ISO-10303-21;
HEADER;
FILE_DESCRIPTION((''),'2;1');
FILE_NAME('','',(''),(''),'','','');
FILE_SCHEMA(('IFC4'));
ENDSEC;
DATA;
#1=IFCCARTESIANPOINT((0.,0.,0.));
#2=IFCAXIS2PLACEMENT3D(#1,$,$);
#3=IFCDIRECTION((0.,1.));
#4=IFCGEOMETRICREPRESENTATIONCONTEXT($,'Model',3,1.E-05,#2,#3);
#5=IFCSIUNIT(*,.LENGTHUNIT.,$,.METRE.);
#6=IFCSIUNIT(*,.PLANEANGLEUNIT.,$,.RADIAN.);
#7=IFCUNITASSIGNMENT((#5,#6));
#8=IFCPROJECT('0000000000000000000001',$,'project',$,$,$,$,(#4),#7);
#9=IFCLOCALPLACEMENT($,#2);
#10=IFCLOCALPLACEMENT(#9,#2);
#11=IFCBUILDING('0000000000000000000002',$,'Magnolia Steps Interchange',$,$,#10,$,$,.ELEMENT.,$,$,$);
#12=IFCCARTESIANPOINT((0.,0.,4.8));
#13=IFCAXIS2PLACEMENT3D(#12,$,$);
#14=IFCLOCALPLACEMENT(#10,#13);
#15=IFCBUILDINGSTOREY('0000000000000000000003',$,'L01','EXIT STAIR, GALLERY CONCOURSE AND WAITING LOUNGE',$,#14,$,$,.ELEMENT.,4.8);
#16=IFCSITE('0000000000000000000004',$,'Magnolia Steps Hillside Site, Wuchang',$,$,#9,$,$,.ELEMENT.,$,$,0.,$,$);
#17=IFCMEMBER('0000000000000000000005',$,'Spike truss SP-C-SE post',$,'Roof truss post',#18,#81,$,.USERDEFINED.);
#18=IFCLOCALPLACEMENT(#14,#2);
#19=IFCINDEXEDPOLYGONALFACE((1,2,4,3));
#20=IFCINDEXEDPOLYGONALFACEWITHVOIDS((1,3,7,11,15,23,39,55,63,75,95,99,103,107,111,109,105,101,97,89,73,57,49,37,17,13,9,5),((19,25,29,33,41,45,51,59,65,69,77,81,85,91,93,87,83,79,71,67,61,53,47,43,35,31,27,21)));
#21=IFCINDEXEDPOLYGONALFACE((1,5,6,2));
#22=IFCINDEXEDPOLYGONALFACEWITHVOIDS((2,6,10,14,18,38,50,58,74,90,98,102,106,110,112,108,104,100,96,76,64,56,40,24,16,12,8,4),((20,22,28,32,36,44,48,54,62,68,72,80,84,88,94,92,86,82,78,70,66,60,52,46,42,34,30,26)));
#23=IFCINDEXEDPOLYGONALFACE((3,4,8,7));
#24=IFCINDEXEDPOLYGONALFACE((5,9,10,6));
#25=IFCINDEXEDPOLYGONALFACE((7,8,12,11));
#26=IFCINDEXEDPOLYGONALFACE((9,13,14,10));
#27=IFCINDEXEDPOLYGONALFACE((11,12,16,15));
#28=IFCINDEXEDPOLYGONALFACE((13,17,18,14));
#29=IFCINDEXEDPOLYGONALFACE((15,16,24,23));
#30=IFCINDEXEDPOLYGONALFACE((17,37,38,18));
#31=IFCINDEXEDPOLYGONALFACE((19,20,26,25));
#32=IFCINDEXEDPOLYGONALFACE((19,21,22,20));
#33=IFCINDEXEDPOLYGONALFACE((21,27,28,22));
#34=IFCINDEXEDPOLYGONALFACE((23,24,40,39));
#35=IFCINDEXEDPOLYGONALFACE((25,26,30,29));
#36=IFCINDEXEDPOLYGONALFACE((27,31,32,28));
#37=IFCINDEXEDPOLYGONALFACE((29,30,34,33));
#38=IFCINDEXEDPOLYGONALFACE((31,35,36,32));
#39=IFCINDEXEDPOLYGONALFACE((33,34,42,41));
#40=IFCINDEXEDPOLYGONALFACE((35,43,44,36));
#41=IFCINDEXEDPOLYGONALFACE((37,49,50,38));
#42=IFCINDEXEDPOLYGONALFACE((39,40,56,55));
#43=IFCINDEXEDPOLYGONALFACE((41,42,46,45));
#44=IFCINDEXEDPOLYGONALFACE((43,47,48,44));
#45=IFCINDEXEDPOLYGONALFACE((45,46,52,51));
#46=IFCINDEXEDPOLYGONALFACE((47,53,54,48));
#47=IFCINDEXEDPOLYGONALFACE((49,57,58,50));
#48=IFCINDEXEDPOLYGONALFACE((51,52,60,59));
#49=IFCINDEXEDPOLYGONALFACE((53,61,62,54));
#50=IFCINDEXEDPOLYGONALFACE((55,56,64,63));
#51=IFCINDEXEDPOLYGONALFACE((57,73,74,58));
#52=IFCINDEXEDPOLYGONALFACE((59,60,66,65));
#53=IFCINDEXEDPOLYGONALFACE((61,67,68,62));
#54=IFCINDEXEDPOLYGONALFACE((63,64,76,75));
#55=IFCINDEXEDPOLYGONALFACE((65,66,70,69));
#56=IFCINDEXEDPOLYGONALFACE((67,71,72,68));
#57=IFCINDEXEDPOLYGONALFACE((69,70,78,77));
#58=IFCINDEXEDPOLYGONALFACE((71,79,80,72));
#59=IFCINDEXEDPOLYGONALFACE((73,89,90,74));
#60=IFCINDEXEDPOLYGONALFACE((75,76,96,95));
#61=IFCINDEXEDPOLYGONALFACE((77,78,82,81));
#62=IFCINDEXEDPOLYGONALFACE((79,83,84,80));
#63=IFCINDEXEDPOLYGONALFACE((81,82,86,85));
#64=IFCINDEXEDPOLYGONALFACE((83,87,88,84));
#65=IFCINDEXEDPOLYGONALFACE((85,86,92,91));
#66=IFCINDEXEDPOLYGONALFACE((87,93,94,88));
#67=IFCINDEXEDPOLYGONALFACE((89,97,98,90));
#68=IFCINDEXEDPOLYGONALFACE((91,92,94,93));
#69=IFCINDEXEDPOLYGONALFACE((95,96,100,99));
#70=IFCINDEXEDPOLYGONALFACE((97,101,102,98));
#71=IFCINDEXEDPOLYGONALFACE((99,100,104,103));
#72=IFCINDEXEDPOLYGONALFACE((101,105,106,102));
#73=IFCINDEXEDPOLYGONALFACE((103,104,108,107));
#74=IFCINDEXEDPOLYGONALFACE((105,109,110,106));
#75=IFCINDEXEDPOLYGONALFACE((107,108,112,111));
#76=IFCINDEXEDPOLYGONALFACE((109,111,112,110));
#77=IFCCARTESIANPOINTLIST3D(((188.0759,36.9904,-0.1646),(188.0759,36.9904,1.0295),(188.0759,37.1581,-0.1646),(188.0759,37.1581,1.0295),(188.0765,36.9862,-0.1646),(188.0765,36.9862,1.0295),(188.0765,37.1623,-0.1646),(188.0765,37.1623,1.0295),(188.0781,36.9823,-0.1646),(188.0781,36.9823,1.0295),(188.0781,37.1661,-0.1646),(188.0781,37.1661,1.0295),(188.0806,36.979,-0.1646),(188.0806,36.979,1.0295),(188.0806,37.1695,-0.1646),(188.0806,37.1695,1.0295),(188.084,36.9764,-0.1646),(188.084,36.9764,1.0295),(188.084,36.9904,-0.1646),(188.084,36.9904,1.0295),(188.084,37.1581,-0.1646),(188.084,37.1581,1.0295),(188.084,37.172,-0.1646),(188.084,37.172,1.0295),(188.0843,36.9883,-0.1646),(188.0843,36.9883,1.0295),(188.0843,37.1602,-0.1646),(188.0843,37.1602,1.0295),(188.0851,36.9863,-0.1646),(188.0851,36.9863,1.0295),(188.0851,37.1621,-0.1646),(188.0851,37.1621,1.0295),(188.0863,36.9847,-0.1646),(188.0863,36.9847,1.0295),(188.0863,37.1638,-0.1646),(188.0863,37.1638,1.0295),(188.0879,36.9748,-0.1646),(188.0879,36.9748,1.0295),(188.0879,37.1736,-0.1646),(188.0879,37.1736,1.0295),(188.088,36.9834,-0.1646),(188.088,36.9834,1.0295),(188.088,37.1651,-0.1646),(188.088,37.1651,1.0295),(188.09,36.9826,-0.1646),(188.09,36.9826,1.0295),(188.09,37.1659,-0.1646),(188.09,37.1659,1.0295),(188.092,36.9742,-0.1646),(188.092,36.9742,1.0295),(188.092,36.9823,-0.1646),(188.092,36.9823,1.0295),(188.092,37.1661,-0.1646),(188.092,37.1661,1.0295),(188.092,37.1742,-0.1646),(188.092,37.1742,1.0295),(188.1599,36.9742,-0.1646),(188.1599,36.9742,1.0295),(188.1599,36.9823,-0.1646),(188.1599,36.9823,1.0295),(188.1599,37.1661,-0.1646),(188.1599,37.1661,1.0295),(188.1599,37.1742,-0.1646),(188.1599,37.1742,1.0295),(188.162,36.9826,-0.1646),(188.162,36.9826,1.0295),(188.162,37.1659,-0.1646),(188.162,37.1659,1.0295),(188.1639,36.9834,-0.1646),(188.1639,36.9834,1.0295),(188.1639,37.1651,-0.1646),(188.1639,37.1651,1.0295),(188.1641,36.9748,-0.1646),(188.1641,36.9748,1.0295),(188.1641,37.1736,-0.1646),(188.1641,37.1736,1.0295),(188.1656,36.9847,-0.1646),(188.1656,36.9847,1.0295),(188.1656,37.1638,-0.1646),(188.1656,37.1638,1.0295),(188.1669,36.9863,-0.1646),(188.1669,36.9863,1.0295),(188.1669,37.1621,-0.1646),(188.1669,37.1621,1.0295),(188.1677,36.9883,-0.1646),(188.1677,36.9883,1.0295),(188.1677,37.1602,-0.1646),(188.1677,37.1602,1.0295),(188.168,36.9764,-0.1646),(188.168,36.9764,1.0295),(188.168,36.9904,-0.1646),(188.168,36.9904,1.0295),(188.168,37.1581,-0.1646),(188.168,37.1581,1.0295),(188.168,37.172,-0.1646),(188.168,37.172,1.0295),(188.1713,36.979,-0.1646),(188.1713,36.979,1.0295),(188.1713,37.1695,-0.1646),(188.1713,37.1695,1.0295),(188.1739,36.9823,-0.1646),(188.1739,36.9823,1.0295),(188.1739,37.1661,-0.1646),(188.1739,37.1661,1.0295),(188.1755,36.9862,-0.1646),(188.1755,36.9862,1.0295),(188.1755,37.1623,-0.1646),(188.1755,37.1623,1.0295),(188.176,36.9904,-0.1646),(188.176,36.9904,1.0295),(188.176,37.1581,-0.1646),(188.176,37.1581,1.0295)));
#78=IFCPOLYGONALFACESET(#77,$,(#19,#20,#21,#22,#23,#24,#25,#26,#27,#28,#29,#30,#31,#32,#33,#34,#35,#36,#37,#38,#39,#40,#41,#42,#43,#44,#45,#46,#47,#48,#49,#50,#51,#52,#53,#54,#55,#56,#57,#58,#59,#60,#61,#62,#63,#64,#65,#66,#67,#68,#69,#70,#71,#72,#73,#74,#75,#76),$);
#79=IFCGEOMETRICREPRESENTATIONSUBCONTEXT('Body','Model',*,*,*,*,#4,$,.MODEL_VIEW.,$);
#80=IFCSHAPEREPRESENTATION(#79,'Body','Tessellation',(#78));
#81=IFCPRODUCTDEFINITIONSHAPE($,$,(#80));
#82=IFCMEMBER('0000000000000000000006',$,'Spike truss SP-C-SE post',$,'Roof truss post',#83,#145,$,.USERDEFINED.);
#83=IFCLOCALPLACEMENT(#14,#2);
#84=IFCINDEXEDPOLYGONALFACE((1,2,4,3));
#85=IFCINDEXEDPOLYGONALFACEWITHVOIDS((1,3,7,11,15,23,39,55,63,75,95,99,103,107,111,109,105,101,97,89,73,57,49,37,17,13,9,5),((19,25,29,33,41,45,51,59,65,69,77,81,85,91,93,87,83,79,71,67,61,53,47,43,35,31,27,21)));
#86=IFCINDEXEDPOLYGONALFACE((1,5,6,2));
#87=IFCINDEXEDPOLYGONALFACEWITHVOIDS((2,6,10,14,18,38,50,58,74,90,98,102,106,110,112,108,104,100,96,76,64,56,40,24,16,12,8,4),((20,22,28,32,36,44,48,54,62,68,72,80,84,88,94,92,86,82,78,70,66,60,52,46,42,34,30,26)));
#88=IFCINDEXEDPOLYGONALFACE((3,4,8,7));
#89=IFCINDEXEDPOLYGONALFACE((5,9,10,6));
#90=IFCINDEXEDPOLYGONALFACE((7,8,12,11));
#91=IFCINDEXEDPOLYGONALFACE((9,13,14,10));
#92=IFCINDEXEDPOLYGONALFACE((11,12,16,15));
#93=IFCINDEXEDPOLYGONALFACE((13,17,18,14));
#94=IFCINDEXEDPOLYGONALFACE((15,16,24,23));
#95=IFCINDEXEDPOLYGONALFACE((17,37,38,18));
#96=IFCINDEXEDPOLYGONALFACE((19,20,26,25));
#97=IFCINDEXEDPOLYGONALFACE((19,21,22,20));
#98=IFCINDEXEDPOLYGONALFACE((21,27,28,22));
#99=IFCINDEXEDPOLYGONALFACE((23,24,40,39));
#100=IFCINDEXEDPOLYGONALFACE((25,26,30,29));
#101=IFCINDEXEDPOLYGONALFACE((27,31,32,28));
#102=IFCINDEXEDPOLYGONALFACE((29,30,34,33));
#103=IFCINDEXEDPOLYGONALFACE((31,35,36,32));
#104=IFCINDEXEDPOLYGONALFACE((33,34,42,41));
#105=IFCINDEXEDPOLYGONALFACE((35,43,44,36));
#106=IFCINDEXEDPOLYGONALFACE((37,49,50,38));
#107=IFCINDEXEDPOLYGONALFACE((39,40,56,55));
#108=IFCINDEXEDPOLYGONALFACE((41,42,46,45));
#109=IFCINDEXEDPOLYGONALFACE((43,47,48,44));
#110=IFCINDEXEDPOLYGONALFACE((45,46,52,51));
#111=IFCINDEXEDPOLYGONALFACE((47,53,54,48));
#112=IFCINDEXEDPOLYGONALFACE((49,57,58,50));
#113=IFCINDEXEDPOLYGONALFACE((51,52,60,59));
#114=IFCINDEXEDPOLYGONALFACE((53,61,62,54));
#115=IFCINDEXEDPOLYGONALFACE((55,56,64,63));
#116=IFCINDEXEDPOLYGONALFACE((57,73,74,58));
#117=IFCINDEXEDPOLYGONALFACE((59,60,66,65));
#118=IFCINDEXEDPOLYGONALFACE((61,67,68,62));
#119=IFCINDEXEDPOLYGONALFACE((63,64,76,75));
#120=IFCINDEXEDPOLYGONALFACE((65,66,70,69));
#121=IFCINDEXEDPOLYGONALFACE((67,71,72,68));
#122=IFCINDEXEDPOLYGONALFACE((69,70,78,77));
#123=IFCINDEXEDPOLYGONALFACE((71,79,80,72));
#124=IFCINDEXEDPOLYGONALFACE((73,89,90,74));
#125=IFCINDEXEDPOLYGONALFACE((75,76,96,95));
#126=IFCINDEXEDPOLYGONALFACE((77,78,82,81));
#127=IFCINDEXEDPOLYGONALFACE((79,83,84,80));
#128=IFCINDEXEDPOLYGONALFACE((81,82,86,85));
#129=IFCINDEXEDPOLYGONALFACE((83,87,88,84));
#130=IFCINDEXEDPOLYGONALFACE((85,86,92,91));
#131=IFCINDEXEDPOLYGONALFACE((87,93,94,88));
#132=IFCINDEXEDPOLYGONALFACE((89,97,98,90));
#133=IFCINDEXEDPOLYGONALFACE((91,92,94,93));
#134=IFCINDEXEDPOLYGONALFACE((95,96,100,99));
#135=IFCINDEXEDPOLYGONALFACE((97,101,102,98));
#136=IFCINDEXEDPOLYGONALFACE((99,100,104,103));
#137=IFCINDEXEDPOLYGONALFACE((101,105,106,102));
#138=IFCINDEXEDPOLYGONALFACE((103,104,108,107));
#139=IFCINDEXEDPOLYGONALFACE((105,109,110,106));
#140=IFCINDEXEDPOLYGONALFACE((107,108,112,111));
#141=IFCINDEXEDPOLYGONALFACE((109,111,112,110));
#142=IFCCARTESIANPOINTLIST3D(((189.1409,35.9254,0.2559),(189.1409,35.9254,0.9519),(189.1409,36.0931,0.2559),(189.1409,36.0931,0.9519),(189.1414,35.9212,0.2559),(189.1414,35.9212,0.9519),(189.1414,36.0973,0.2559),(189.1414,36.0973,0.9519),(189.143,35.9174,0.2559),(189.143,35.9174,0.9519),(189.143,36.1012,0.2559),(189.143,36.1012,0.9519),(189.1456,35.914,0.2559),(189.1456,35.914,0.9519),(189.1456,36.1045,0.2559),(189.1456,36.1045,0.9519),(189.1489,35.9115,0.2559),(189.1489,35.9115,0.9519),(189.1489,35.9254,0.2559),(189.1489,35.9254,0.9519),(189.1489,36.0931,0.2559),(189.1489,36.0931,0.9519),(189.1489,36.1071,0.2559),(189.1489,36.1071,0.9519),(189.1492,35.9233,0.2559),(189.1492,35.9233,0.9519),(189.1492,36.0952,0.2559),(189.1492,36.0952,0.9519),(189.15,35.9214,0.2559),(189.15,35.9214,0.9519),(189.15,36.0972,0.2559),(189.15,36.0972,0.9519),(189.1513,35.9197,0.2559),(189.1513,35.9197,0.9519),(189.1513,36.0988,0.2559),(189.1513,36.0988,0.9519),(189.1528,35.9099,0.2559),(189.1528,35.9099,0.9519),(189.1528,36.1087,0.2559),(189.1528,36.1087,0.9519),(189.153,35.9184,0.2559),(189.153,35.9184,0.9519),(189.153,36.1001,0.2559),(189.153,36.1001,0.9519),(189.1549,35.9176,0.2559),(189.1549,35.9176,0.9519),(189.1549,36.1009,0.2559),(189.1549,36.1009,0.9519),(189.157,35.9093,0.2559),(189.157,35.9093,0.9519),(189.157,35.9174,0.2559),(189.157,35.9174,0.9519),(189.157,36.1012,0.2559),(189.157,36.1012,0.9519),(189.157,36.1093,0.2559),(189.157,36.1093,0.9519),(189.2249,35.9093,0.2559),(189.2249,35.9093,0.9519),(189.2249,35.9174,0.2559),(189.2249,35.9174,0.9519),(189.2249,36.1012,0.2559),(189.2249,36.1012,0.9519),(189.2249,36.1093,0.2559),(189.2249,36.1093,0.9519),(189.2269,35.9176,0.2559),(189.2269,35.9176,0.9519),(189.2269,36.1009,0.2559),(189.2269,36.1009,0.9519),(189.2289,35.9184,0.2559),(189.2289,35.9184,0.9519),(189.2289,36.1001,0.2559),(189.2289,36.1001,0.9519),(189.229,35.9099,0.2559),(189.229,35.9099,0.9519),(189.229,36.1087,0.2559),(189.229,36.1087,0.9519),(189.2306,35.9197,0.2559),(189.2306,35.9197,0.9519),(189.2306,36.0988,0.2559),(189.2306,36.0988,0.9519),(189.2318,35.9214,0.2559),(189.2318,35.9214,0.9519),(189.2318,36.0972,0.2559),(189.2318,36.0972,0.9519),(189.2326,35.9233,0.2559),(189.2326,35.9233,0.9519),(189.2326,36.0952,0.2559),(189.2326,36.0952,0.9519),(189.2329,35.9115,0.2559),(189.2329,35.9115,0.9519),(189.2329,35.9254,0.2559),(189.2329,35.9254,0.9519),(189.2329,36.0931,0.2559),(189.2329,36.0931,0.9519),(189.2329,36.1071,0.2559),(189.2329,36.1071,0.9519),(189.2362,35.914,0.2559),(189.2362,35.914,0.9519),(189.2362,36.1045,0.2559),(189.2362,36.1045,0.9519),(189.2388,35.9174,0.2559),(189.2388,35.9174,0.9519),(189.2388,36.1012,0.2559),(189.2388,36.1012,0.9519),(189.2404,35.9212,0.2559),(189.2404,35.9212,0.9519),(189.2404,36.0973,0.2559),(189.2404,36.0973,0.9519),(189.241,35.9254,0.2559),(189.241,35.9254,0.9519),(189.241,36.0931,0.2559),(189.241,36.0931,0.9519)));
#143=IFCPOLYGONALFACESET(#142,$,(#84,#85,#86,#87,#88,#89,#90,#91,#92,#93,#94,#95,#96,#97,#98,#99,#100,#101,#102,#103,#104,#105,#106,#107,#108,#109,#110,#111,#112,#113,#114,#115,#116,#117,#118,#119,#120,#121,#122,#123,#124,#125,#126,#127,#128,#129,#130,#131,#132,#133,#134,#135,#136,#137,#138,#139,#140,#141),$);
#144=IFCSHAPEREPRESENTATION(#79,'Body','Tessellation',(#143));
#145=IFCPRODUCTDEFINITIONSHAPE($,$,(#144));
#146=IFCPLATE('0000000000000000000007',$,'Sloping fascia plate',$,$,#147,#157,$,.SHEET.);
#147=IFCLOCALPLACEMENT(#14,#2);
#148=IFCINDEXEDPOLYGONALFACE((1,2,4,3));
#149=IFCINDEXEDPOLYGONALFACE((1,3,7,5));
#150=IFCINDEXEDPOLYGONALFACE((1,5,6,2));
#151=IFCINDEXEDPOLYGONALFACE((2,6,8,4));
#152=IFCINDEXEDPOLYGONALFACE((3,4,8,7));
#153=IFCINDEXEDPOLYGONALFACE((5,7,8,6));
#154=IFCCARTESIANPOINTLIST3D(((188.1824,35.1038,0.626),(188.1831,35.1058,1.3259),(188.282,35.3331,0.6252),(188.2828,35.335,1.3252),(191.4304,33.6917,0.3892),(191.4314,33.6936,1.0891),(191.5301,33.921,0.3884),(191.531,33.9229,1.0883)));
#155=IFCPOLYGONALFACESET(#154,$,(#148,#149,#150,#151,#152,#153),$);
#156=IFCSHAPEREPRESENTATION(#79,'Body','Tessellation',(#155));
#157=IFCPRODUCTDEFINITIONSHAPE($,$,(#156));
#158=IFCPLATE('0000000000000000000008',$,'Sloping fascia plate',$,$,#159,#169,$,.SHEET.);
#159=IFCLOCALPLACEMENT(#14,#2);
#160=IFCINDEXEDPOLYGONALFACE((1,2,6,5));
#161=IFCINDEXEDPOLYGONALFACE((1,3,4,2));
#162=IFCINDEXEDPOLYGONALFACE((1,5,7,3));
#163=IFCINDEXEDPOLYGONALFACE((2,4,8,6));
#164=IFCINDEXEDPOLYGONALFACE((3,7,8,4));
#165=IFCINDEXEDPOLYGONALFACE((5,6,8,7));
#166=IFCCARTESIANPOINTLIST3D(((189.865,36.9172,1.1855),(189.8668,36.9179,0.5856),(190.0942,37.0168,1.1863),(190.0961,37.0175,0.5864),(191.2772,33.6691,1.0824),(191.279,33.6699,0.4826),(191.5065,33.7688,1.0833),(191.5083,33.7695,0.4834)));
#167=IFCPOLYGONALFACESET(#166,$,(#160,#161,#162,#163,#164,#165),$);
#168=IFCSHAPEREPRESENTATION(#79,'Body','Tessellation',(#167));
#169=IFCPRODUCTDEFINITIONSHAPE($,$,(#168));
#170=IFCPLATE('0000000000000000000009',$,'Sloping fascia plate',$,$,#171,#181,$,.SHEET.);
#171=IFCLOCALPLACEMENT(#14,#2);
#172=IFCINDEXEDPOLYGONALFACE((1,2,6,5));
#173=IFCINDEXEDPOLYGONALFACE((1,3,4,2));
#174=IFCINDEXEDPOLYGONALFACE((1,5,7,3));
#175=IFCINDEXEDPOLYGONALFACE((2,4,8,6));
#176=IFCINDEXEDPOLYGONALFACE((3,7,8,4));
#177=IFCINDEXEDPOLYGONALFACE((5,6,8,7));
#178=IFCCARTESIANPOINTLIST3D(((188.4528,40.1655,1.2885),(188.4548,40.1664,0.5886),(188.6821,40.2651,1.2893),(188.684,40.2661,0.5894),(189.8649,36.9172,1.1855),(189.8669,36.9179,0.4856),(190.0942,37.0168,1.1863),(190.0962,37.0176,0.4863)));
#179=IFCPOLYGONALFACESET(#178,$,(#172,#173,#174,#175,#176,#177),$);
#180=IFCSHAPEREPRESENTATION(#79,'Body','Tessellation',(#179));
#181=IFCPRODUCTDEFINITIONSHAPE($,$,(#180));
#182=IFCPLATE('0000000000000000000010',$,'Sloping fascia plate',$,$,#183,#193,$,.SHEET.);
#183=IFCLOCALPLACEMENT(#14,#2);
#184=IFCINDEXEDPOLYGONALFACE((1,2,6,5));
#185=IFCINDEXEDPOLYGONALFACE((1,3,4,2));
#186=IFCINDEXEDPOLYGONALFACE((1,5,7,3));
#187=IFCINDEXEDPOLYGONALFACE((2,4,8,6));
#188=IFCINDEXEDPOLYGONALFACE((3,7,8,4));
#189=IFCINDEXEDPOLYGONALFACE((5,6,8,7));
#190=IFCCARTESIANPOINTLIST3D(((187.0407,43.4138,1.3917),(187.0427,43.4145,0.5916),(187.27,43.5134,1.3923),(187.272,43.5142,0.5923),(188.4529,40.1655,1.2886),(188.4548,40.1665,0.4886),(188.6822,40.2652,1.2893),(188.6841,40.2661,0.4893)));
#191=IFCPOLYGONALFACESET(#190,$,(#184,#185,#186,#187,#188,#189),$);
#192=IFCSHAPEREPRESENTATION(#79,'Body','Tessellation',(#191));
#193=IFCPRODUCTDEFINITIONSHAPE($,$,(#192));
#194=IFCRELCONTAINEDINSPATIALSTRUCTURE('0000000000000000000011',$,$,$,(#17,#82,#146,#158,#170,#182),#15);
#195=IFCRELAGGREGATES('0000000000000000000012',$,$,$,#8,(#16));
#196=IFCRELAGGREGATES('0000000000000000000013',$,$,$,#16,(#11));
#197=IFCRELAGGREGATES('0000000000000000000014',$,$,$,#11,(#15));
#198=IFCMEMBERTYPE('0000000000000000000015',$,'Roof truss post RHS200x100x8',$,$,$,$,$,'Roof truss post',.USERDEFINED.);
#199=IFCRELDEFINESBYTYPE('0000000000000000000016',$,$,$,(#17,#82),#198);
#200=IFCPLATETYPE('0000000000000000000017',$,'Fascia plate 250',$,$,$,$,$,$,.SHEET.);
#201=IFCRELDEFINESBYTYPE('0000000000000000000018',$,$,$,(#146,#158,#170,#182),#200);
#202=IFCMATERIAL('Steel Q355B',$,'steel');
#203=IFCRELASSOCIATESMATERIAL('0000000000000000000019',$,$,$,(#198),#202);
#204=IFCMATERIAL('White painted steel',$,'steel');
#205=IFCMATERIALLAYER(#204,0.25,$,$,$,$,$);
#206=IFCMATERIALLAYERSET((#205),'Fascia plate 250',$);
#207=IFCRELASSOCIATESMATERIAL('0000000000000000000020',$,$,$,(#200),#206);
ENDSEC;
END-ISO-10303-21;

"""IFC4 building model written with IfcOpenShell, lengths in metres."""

from ifc_helpers import new_model, si_unit, direction, frame, origin, origin_2d, place, context, subcontext, project, spatial, polyline, hollow_rectangle, outline, extrude, material, layer, layer_set, material_profile, profile_set, type_object, element, save


model = new_model("IFC4")

# Units and contexts
model_context = context("Model", 3, precision=1e-05, world=origin(), true_north=direction((0.0, 1.0)))
body_context = subcontext(model_context, "Body", "Model", "MODEL_VIEW")
ifc_project = project(units=[si_unit("LENGTHUNIT", "METRE"), si_unit("PLANEANGLEUNIT", "RADIAN")], contexts=[model_context])

# Site, building, storey
site_placement = place(None, origin())
site = spatial("IfcSite", under=ifc_project, at=site_placement, Name="Magnolia Steps Hillside Site, Wuchang", CompositionType="ELEMENT", RefElevation=0.0)
building_placement = place(site_placement, origin())
building = spatial("IfcBuilding", under=site, at=building_placement, Name="Magnolia Steps Interchange", CompositionType="ELEMENT")
storey_placement = place(building_placement, frame((0.0, 0.0, 4.8)))
storey = spatial("IfcBuildingStorey", under=building, at=storey_placement, Name="L01", Description="EXIT STAIR, GALLERY CONCOURSE AND WAITING LOUNGE", CompositionType="ELEMENT", Elevation=4.8)

# Members
ifc_material_1 = material(Name="Steel Q355B", Category="steel")
ifc_material_profile_1 = material_profile(ifc_material_1, hollow_rectangle(XDim=0.1001, YDim=0.2, WallThickness=0.0081, InnerFilletRadius=0.0081, OuterFilletRadius=0.0161, at=origin_2d()), Name="RHS200x100x8")
ifc_profile_set_1 = profile_set([ifc_material_profile_1], Name="Steel Q355B")
member_type_1 = type_object("IfcMemberType", Name="Roof truss post RHS200x100x8", ElementType="Roof truss post", PredefinedType="USERDEFINED", material=ifc_profile_set_1)
member_1_placement = place(storey_placement, frame((188.126, 37.0742, -0.1646), z_axis=(0.0, 0.0, 1.0), x_axis=(1.0, 0.0, 0.0)))
element("IfcMember", 1, at=member_1_placement, inside=storey, type_object=member_type_1, Name="Spike truss SP-C-SE post", ObjectType="Roof truss post", PredefinedType="USERDEFINED", context=body_context, shape_type="SweptSolid", body=[
    extrude(hollow_rectangle(XDim=0.1001, YDim=0.2, WallThickness=0.0081, InnerFilletRadius=0.0081, OuterFilletRadius=0.0161, at=origin_2d()), origin(), (0.0, 0.0, 1.0), 1.1941),
])
member_2_placement = place(storey_placement, frame((189.1909, 36.0093, 0.2559), z_axis=(0.0, 0.0, 1.0), x_axis=(1.0, 0.0, 0.0)))
element("IfcMember", 2, at=member_2_placement, inside=storey, type_object=member_type_1, Name="Spike truss SP-C-SE post", ObjectType="Roof truss post", PredefinedType="USERDEFINED", context=body_context, shape_type="SweptSolid", body=[
    extrude(hollow_rectangle(XDim=0.1001, YDim=0.2, WallThickness=0.0081, InnerFilletRadius=0.0081, OuterFilletRadius=0.0161, at=origin_2d()), origin(), (0.0, 0.0, 1.0), 0.696),
])

# Plates
ifc_material_2 = material(Name="White painted steel", Category="steel")
ifc_layer = layer(ifc_material_2, 0.25)
ifc_layer_set = layer_set([ifc_layer], Name="Fascia plate 250")
plate_type = type_object("IfcPlateType", Name="Fascia plate 250", PredefinedType="SHEET", material=ifc_layer_set)
plate_1_placement = place(storey_placement, frame((188.1824, 35.1038, 0.626), z_axis=(-0.398505, -0.917161, 0.003046), x_axis=(0.915041, -0.397805, -0.066716)))
element("IfcPlate", 3, at=plate_1_placement, inside=storey, type_object=plate_type, Name="Sloping fascia plate", PredefinedType="SHEET", context=body_context, shape_type="SweptSolid", body=[
    extrude(outline(polyline([(0.0, 0.0), (3.5496, 0.0), (3.5031, 0.6984), (-0.0468, 0.6984), (0.0, 0.0)])), origin(), (0.0, 0.0, -1.0), 0.25),
])
plate_2_placement = place(storey_placement, frame((191.5083, 33.7695, 0.4834), z_axis=(0.917099, 0.398645, 0.003286), x_axis=(-0.398566, 0.916678, 0.029077)))
element("IfcPlate", 4, at=plate_2_placement, inside=storey, type_object=plate_type, Name="Sloping fascia plate", PredefinedType="SHEET", context=body_context, shape_type="SweptSolid", body=[
    extrude(outline(polyline([(0.0, 0.0), (3.5432, 0.0), (3.5608, 0.5996), (0.0175, 0.5996), (0.0, 0.0)])), origin(), (0.0, 0.0, -1.0), 0.25),
])
plate_3_placement = place(storey_placement, frame((190.0962, 37.0176, 0.4863), z_axis=(0.917126, 0.398585, 0.003046), x_axis=(-0.3985, 0.916708, 0.029074)))
element("IfcPlate", 5, at=plate_3_placement, inside=storey, type_object=plate_type, Name="Sloping fascia plate", PredefinedType="SHEET", context=body_context, shape_type="SweptSolid", body=[
    extrude(outline(polyline([(0.0, 0.0), (3.5437, 0.0), (3.5639, 0.6997), (0.0205, 0.6997), (0.0, 0.0)])), origin(), (0.0, 0.0, -1.0), 0.25),
])
plate_4_placement = place(storey_placement, frame((188.6841, 40.2661, 0.4893), z_axis=(0.917112, 0.398621, 0.002665), x_axis=(-0.398525, 0.916697, 0.029077)))
element("IfcPlate", 6, at=plate_4_placement, inside=storey, type_object=plate_type, Name="Sloping fascia plate", PredefinedType="SHEET", context=body_context, shape_type="SweptSolid", body=[
    extrude(outline(polyline([(0.0, 0.0), (3.5432, 0.0), (3.5666, 0.7997), (0.0231, 0.7997), (0.0, 0.0)])), origin(), (0.0, 0.0, -1.0), 0.25),
])

save(model, "model.ifc")
